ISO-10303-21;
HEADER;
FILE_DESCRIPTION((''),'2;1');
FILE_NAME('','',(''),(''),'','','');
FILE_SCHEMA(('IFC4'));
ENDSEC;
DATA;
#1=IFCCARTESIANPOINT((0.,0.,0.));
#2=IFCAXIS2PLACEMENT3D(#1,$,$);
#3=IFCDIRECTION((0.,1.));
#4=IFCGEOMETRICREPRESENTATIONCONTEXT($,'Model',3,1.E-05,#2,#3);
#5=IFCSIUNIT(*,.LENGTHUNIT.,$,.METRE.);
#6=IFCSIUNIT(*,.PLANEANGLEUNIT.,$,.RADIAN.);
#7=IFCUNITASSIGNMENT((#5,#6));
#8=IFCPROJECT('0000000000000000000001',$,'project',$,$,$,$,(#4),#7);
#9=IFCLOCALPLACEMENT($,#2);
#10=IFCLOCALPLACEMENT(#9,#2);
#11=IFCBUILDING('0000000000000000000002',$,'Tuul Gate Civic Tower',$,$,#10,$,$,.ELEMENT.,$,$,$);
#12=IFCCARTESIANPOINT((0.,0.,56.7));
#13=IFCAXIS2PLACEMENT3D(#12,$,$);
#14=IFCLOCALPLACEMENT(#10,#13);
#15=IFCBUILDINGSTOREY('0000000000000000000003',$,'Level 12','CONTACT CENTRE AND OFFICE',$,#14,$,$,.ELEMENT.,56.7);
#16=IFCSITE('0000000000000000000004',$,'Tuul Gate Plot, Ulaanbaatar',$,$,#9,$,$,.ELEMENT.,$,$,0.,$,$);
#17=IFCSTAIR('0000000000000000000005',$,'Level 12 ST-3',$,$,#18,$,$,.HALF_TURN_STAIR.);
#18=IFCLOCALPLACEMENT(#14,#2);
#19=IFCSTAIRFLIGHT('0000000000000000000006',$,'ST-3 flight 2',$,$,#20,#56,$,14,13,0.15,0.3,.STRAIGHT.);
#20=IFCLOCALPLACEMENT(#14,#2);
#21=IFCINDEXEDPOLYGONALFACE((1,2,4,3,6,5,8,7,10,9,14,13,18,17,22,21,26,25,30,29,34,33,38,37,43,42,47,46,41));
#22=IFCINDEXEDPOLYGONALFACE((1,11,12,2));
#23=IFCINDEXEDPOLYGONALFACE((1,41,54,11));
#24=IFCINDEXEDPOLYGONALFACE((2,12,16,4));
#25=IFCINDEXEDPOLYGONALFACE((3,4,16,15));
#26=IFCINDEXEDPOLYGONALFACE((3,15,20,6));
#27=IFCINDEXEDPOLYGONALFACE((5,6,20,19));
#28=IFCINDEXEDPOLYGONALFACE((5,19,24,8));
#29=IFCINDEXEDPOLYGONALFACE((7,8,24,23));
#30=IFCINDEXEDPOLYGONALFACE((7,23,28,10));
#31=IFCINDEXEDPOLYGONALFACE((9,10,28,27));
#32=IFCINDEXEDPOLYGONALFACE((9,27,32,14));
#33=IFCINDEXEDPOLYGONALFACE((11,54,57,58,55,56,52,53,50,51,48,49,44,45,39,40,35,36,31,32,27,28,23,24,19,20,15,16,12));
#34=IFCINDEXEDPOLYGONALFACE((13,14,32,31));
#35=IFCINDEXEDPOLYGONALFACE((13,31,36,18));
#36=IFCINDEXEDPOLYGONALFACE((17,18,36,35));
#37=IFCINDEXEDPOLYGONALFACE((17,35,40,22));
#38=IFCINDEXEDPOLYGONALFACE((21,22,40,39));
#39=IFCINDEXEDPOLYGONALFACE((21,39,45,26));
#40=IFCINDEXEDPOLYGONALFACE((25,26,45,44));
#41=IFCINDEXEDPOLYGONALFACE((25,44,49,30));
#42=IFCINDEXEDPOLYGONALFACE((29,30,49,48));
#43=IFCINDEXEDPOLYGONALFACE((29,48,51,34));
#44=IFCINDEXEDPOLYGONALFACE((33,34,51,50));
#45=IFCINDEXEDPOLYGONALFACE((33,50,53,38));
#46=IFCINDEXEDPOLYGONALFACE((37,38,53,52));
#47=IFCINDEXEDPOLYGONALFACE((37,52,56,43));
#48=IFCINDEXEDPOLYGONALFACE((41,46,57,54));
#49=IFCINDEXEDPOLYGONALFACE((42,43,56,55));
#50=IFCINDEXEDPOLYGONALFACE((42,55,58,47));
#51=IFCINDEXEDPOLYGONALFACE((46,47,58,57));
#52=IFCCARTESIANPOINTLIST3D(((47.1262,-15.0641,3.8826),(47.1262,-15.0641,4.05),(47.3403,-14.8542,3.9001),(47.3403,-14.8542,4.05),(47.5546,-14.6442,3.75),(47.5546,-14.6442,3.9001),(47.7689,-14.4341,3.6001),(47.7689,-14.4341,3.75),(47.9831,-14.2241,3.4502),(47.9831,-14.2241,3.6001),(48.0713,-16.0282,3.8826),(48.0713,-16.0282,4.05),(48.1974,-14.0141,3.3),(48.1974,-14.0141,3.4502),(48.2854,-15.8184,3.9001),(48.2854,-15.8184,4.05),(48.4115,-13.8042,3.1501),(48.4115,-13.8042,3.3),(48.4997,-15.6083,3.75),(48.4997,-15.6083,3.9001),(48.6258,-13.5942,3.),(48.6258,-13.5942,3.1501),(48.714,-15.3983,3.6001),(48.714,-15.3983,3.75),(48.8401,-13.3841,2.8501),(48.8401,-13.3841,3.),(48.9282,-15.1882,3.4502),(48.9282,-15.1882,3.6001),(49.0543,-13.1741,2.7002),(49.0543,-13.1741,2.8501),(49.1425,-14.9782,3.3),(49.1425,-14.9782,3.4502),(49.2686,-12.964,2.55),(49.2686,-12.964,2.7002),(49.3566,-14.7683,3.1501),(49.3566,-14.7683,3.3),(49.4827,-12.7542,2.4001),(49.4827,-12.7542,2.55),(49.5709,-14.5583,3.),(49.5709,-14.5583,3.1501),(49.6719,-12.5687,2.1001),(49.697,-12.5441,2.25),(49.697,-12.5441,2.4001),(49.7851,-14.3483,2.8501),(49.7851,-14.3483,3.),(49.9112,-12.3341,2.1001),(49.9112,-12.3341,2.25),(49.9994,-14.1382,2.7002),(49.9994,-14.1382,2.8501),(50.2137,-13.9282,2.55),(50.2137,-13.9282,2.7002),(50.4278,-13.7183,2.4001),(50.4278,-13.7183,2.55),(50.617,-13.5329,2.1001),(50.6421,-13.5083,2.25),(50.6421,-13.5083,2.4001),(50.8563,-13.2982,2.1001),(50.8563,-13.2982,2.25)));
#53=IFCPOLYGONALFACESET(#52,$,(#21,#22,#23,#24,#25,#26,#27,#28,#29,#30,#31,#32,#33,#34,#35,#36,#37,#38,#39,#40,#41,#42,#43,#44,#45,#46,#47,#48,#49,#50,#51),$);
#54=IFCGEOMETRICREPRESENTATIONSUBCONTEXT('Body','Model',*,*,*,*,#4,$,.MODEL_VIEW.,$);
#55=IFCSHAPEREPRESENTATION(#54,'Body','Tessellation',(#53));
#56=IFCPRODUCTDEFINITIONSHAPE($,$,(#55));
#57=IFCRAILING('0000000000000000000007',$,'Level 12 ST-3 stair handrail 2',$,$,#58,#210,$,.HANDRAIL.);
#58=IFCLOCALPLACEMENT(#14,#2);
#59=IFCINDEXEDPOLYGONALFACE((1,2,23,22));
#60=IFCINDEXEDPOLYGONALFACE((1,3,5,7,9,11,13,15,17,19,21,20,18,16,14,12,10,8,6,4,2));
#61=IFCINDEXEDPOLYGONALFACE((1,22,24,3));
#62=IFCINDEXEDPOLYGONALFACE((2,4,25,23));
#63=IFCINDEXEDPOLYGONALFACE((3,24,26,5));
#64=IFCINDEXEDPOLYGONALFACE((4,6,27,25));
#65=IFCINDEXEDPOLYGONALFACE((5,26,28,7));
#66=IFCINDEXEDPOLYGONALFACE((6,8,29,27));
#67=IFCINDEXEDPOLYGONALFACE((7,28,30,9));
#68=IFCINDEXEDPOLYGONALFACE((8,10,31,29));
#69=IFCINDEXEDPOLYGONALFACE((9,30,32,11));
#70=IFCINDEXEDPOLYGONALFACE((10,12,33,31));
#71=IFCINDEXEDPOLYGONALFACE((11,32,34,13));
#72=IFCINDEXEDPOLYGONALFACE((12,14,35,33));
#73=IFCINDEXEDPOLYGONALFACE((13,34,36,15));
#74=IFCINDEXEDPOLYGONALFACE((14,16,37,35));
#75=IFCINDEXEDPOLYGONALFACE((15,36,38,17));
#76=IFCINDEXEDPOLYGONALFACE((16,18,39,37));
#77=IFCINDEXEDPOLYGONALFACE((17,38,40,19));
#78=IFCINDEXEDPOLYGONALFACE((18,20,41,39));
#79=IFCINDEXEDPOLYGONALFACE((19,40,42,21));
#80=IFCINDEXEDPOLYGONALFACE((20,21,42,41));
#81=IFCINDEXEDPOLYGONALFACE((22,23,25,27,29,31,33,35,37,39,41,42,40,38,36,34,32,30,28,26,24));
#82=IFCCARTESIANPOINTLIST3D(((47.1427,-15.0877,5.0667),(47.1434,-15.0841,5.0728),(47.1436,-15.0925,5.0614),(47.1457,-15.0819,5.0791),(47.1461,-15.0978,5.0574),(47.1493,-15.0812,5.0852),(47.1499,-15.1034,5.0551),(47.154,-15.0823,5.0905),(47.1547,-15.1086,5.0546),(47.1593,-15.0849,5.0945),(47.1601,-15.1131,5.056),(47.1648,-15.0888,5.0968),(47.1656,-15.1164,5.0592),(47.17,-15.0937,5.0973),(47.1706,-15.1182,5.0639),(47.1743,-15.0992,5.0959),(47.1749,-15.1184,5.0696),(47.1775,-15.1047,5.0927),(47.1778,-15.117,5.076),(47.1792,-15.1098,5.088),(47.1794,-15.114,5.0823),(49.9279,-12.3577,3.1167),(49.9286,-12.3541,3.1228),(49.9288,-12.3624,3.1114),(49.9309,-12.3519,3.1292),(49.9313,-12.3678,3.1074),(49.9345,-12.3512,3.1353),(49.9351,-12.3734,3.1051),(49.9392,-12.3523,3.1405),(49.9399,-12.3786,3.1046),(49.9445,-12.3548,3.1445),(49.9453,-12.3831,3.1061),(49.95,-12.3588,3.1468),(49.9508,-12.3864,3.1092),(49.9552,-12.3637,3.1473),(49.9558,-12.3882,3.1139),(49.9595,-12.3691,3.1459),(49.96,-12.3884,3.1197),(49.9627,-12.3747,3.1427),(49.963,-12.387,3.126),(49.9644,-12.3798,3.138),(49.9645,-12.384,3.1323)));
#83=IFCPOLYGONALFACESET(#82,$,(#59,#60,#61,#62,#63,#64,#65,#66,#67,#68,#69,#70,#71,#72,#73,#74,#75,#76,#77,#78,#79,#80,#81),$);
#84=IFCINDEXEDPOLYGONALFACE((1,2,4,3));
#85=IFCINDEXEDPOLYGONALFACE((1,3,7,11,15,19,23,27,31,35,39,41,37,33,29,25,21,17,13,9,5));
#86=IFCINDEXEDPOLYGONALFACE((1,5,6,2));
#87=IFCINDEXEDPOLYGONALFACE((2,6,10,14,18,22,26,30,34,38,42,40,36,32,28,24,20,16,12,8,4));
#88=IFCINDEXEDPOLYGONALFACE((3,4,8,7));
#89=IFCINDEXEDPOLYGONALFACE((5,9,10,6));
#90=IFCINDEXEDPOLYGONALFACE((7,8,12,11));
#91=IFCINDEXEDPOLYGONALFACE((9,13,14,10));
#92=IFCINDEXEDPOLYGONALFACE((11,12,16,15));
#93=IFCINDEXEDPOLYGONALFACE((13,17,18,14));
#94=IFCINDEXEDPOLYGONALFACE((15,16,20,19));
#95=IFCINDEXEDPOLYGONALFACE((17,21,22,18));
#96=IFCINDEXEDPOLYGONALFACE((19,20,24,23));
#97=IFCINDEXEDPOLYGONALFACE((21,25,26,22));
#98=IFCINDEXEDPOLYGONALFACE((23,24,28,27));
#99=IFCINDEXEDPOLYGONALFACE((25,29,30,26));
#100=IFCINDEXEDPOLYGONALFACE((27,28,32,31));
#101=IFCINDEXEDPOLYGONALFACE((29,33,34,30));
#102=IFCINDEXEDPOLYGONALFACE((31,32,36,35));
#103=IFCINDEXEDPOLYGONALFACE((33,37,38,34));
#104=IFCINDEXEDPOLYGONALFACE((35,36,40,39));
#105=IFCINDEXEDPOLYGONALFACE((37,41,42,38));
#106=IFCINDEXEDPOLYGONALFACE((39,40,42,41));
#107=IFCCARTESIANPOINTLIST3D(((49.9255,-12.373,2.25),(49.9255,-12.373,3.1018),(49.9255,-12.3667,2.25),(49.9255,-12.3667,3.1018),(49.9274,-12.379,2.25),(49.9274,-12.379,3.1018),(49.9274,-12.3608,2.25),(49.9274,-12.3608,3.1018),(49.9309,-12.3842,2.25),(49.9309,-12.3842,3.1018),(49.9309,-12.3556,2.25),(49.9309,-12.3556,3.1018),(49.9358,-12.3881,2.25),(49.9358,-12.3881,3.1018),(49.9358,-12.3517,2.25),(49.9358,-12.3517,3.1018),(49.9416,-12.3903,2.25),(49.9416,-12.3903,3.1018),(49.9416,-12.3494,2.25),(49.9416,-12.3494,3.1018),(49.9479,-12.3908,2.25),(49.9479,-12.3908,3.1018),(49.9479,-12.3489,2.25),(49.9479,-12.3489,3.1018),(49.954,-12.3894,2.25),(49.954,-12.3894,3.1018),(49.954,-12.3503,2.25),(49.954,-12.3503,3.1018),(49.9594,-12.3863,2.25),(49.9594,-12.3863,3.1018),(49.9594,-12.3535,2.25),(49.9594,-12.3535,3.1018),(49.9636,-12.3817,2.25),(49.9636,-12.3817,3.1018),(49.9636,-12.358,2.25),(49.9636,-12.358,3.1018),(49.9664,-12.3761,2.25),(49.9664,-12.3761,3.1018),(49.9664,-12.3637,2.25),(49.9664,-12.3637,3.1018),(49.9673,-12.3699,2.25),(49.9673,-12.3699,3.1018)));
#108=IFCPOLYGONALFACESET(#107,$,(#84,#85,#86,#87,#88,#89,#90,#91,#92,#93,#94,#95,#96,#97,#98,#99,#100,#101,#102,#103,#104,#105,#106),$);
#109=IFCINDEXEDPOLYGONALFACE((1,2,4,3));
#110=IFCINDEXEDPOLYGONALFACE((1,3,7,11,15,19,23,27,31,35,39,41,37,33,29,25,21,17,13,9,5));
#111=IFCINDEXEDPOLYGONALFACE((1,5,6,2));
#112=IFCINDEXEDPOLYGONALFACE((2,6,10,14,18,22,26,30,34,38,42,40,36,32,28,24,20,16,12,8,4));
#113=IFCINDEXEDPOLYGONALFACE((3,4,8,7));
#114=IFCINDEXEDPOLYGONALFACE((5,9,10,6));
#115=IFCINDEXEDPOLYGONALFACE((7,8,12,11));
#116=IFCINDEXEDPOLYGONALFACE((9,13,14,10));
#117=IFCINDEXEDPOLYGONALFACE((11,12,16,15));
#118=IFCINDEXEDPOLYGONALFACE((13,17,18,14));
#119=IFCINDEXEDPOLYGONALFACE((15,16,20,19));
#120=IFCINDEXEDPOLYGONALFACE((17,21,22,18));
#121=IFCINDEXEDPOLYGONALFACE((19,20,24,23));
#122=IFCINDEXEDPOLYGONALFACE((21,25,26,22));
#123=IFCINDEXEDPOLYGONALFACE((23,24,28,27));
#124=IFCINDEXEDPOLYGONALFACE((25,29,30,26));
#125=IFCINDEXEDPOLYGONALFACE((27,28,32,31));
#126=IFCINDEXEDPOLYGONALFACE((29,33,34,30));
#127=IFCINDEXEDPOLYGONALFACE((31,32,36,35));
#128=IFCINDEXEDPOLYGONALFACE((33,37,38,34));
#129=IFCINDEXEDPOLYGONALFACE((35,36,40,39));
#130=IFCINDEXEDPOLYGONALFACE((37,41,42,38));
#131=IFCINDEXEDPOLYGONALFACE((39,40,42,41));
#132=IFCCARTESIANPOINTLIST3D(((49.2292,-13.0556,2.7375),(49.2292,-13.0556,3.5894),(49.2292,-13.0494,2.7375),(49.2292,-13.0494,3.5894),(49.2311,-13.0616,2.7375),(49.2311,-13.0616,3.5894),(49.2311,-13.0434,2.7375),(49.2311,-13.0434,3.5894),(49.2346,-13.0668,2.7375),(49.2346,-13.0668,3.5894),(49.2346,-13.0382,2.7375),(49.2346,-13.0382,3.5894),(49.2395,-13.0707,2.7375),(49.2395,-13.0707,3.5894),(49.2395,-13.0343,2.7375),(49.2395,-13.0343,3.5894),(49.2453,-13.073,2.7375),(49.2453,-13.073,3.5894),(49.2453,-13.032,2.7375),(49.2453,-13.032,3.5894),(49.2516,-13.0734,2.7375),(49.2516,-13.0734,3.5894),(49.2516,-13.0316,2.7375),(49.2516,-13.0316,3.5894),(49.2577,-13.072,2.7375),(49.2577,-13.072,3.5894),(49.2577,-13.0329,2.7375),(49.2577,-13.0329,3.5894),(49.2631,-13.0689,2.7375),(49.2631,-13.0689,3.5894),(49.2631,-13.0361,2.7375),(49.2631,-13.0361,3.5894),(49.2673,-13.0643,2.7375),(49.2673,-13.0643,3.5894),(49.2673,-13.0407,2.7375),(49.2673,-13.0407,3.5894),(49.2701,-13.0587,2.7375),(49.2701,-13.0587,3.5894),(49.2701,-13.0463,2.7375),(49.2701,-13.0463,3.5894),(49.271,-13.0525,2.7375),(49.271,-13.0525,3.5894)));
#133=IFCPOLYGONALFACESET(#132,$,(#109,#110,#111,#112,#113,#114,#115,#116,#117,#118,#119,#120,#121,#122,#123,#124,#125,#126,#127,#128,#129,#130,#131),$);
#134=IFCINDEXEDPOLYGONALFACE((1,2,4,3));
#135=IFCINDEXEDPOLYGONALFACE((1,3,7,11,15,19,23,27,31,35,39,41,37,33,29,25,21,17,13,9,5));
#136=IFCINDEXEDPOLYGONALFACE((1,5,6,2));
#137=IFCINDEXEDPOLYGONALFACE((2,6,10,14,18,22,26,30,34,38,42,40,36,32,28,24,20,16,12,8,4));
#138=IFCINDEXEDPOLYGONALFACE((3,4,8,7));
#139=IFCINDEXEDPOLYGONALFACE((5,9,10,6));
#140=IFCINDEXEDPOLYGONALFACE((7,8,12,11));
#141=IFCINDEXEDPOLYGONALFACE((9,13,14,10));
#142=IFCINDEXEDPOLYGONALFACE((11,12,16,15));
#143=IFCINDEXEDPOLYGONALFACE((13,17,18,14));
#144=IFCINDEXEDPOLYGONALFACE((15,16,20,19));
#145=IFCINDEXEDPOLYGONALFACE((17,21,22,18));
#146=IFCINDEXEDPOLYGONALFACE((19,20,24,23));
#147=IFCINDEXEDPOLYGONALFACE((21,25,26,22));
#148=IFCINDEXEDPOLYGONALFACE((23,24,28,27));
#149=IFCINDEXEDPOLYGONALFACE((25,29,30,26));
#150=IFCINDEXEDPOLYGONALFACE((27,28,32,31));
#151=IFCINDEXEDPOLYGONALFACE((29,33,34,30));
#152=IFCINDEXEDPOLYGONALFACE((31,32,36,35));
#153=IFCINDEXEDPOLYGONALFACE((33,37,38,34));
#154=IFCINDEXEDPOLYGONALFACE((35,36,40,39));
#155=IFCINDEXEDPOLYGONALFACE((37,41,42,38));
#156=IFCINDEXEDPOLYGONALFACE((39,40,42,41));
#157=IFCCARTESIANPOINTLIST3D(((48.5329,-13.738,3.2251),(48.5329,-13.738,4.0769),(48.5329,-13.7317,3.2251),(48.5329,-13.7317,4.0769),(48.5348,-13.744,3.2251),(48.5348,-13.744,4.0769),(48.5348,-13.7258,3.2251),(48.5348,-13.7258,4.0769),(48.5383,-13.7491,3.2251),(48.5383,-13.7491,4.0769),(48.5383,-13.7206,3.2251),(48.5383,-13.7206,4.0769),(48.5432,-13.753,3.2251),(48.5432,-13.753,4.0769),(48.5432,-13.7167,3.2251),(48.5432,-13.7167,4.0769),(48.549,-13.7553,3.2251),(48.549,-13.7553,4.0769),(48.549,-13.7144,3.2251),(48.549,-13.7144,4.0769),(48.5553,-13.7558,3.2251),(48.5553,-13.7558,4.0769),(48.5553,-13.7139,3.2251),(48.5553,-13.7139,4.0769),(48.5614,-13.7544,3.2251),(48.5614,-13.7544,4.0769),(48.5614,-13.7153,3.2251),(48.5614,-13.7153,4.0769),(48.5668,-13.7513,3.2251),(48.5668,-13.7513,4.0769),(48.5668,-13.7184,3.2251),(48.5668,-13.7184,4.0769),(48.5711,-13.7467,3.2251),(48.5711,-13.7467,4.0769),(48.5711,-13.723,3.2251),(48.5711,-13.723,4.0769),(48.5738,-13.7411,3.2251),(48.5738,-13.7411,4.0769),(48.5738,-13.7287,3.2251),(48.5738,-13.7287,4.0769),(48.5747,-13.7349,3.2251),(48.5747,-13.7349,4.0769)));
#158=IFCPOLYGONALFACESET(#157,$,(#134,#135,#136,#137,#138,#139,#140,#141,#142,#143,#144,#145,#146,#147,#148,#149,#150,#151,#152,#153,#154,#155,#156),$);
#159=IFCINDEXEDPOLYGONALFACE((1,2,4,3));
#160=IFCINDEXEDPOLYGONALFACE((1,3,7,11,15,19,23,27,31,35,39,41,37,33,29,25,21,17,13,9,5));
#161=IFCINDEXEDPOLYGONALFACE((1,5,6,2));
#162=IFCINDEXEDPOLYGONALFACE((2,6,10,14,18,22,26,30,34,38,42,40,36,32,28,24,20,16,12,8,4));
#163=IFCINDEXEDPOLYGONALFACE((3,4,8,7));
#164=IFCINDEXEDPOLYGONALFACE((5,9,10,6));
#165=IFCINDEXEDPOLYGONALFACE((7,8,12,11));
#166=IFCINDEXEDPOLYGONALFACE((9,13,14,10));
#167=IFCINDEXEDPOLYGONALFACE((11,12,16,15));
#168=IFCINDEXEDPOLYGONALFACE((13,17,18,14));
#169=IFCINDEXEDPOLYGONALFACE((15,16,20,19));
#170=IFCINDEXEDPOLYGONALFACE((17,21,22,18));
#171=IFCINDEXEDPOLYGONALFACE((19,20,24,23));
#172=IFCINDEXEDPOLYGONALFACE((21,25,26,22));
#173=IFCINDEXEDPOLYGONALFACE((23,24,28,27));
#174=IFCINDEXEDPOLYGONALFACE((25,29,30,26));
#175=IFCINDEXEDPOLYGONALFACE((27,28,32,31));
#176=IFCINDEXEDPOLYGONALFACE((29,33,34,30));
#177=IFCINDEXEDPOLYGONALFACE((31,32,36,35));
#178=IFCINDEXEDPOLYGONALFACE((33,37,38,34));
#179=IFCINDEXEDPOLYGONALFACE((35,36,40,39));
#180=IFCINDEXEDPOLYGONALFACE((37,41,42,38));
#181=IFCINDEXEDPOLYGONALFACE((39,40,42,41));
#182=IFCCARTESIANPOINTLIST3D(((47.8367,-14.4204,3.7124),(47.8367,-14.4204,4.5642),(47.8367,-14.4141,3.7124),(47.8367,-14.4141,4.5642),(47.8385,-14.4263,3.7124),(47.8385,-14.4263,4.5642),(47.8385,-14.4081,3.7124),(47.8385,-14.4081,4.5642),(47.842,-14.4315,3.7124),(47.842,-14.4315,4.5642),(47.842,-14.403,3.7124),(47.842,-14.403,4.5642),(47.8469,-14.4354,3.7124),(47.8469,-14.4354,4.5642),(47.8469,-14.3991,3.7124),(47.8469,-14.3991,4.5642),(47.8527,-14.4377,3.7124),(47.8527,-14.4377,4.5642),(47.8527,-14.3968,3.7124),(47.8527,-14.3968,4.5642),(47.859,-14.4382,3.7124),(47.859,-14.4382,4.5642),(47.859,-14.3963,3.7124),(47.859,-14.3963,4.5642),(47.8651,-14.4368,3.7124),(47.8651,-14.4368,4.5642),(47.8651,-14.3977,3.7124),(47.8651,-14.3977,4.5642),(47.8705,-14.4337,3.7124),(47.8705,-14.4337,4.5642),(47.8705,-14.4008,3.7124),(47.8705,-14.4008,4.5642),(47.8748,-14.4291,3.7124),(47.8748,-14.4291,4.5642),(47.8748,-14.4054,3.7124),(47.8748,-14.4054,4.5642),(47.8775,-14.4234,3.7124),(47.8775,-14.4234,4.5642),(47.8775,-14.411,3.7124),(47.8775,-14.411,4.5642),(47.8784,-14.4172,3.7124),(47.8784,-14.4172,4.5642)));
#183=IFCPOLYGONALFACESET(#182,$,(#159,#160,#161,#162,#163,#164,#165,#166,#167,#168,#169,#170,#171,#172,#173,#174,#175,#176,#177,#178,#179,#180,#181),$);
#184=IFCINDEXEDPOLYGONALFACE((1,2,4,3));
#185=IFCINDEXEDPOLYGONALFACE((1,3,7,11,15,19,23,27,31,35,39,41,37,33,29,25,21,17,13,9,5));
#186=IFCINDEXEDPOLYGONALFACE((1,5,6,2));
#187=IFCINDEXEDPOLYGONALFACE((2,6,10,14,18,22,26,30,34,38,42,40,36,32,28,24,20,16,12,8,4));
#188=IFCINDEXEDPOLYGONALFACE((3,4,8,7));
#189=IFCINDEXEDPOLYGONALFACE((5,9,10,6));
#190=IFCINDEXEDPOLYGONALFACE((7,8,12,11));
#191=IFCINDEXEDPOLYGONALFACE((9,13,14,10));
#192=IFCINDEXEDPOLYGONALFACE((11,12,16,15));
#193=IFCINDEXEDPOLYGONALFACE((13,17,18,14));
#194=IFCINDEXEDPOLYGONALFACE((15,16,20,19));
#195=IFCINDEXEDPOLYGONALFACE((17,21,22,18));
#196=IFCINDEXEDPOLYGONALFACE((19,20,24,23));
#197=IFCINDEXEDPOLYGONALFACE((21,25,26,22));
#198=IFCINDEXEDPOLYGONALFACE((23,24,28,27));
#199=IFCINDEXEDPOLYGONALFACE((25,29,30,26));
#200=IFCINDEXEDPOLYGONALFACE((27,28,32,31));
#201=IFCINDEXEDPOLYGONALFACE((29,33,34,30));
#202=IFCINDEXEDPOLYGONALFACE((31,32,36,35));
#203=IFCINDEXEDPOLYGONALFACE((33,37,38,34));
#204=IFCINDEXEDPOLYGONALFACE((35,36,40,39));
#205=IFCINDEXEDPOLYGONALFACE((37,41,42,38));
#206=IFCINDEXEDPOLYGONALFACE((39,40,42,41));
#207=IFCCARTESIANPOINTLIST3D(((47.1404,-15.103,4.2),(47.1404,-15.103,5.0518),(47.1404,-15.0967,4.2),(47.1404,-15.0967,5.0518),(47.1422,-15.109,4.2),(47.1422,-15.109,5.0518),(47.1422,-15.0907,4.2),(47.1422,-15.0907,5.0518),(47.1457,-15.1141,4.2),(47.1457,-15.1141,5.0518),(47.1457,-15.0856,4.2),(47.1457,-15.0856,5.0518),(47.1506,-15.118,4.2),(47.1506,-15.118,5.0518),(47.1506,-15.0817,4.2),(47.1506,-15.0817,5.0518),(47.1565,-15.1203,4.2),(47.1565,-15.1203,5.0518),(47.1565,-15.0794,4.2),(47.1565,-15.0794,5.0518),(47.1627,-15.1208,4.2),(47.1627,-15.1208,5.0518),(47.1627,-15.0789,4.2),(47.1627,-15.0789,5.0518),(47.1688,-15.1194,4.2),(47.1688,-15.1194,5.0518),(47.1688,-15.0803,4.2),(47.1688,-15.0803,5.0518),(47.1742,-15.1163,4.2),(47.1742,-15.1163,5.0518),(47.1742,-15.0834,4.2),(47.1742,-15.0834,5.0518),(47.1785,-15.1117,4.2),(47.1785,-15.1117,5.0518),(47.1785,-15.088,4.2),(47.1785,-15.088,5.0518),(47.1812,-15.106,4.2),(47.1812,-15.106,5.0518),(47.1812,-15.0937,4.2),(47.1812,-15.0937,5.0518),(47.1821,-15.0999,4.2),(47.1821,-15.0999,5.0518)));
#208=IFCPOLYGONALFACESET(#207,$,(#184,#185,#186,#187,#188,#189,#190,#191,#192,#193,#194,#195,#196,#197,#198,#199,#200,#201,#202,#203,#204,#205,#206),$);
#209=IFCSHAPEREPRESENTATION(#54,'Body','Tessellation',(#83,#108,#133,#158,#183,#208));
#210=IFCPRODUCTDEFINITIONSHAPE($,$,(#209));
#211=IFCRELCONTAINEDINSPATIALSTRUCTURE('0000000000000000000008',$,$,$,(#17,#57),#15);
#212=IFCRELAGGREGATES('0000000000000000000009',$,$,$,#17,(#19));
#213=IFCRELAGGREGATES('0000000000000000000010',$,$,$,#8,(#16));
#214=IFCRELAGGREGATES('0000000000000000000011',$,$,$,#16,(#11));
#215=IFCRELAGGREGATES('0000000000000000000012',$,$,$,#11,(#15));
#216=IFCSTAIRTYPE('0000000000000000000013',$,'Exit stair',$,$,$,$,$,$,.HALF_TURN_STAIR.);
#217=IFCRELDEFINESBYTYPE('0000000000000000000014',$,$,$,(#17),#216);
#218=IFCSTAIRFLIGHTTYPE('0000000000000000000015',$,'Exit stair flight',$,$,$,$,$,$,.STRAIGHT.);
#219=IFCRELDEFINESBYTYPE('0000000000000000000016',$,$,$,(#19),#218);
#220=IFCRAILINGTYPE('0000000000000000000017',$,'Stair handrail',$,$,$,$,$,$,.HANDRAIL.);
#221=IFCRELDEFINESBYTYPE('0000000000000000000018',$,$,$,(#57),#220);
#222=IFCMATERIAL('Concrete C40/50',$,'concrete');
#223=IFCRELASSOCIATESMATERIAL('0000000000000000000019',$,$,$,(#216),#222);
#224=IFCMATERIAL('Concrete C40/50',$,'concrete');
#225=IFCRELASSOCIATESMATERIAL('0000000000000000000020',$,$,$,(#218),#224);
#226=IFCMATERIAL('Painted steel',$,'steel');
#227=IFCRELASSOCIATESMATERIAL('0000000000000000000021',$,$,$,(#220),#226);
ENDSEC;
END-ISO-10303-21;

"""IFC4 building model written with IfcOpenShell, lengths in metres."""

from ifc_helpers import new_model, si_unit, direction, frame, origin, origin_2d, place, context, subcontext, project, spatial, polyline, circle, outline, extrude, material, type_object, element, aggregate, save


model = new_model("IFC4")

# Units and contexts
model_context = context("Model", 3, precision=1e-05, world=origin(), true_north=direction((0.0, 1.0)))
body_context = subcontext(model_context, "Body", "Model", "MODEL_VIEW")
ifc_project = project(units=[si_unit("LENGTHUNIT", "METRE"), si_unit("PLANEANGLEUNIT", "RADIAN")], contexts=[model_context])

# Site, building, storey
site_placement = place(None, origin())
site = spatial("IfcSite", under=ifc_project, at=site_placement, Name="Tuul Gate Plot, Ulaanbaatar", CompositionType="ELEMENT", RefElevation=0.0)
building_placement = place(site_placement, origin())
building = spatial("IfcBuilding", under=site, at=building_placement, Name="Tuul Gate Civic Tower", CompositionType="ELEMENT")
storey_placement = place(building_placement, frame((0.0, 0.0, 56.7)))
storey = spatial("IfcBuildingStorey", under=building, at=storey_placement, Name="Level 12", Description="CONTACT CENTRE AND OFFICE", CompositionType="ELEMENT", Elevation=56.7)

# Stair, stair flight
ifc_material_1 = material(Name="Concrete C40/50", Category="concrete")
stair_type = type_object("IfcStairType", Name="Exit stair", PredefinedType="HALF_TURN_STAIR", material=ifc_material_1)
stair_placement = place(storey_placement, origin())
stair = element("IfcStair", 1, at=stair_placement, inside=storey, type_object=stair_type, Name="Level 12 ST-3", PredefinedType="HALF_TURN_STAIR")
ifc_material_2 = material(Name="Concrete C40/50", Category="concrete")
stair_flight_type = type_object("IfcStairFlightType", Name="Exit stair flight", PredefinedType="STRAIGHT", material=ifc_material_2)
stair_flight_placement = place(storey_placement, frame((50.3838, -12.8162, 2.1001), z_axis=(0.0, 0.0, 1.0), x_axis=(-0.714127, -0.700016, 0.0)))
stair_flight = element("IfcStairFlight", 2, at=stair_flight_placement, type_object=stair_flight_type, Name="ST-3 flight 2", NumberOfRisers=14, NumberOfTreads=13, PredefinedType="STRAIGHT", RiserHeight=0.15, TreadLength=0.3, context=body_context, shape_type="SweptSolid", body=[
    extrude(outline(polyline([(0.0, 0.0), (0.0, 0.1499), (0.3, 0.1499), (0.3, 0.3), (0.6001, 0.3), (0.6001, 0.45), (0.8999, 0.45), (0.8999, 0.6001), (1.2, 0.6001), (1.2, 0.75), (1.5, 0.75), (1.5, 0.8999), (1.8, 0.8999), (1.8, 1.05), (2.1001, 1.05), (2.1001, 1.2), (2.3999, 1.2), (2.3999, 1.3501), (2.7, 1.3501), (2.7, 1.5), (3.0, 1.5), (3.0, 1.6499), (3.3, 1.6499), (3.3, 1.8), (3.6001, 1.8), (3.6001, 1.95), (3.8999, 1.95), (3.8999, 2.1001), (3.8999, 1.7825), (0.3352, 0.0), (0.0, 0.0)])), frame((0.0, 0.675, 0.0), z_axis=(0.0, -1.0, 0.0), x_axis=(1.0, 0.0, 0.0)), (0.0, 0.0, 1.0), 1.3501),
])
aggregate(stair, [stair_flight])

# Railing
ifc_material_3 = material(Name="Painted steel", Category="steel")
railing_type = type_object("IfcRailingType", Name="Stair handrail", PredefinedType="HANDRAIL", material=ifc_material_3)
railing_placement = place(storey_placement, frame((49.9463, -12.3699, 2.25)))
element("IfcRailing", 3, at=railing_placement, inside=storey, type_object=railing_type, Name="Level 12 ST-3 stair handrail 2", PredefinedType="HANDRAIL", context=body_context, shape_type="SweptSolid", body=[
    extrude(circle(Radius=0.0239, at=origin_2d()), frame((0.0, 0.0, 0.876), z_axis=(-0.638754, -0.6261, 0.447206), x_axis=(0.699998, -0.714145, 0.0)), (0.0, 0.0, 1.0), 4.3604),
    extrude(circle(Radius=0.021, at=origin_2d()), origin(), (0.0, 0.0, 1.0), 0.8518),
    extrude(circle(Radius=0.021, at=origin_2d()), frame((-0.6963, -0.6826, 0.4875)), (0.0, 0.0, 1.0), 0.8518),
    extrude(circle(Radius=0.021, at=origin_2d()), frame((-1.3926, -1.365, 0.9751)), (0.0, 0.0, 1.0), 0.8518),
    extrude(circle(Radius=0.021, at=origin_2d()), frame((-2.0889, -2.0474, 1.4624)), (0.0, 0.0, 1.0), 0.8518),
    extrude(circle(Radius=0.021, at=origin_2d()), frame((-2.7852, -2.73, 1.95)), (0.0, 0.0, 1.0), 0.8518),
])

save(model, "model.ifc")
